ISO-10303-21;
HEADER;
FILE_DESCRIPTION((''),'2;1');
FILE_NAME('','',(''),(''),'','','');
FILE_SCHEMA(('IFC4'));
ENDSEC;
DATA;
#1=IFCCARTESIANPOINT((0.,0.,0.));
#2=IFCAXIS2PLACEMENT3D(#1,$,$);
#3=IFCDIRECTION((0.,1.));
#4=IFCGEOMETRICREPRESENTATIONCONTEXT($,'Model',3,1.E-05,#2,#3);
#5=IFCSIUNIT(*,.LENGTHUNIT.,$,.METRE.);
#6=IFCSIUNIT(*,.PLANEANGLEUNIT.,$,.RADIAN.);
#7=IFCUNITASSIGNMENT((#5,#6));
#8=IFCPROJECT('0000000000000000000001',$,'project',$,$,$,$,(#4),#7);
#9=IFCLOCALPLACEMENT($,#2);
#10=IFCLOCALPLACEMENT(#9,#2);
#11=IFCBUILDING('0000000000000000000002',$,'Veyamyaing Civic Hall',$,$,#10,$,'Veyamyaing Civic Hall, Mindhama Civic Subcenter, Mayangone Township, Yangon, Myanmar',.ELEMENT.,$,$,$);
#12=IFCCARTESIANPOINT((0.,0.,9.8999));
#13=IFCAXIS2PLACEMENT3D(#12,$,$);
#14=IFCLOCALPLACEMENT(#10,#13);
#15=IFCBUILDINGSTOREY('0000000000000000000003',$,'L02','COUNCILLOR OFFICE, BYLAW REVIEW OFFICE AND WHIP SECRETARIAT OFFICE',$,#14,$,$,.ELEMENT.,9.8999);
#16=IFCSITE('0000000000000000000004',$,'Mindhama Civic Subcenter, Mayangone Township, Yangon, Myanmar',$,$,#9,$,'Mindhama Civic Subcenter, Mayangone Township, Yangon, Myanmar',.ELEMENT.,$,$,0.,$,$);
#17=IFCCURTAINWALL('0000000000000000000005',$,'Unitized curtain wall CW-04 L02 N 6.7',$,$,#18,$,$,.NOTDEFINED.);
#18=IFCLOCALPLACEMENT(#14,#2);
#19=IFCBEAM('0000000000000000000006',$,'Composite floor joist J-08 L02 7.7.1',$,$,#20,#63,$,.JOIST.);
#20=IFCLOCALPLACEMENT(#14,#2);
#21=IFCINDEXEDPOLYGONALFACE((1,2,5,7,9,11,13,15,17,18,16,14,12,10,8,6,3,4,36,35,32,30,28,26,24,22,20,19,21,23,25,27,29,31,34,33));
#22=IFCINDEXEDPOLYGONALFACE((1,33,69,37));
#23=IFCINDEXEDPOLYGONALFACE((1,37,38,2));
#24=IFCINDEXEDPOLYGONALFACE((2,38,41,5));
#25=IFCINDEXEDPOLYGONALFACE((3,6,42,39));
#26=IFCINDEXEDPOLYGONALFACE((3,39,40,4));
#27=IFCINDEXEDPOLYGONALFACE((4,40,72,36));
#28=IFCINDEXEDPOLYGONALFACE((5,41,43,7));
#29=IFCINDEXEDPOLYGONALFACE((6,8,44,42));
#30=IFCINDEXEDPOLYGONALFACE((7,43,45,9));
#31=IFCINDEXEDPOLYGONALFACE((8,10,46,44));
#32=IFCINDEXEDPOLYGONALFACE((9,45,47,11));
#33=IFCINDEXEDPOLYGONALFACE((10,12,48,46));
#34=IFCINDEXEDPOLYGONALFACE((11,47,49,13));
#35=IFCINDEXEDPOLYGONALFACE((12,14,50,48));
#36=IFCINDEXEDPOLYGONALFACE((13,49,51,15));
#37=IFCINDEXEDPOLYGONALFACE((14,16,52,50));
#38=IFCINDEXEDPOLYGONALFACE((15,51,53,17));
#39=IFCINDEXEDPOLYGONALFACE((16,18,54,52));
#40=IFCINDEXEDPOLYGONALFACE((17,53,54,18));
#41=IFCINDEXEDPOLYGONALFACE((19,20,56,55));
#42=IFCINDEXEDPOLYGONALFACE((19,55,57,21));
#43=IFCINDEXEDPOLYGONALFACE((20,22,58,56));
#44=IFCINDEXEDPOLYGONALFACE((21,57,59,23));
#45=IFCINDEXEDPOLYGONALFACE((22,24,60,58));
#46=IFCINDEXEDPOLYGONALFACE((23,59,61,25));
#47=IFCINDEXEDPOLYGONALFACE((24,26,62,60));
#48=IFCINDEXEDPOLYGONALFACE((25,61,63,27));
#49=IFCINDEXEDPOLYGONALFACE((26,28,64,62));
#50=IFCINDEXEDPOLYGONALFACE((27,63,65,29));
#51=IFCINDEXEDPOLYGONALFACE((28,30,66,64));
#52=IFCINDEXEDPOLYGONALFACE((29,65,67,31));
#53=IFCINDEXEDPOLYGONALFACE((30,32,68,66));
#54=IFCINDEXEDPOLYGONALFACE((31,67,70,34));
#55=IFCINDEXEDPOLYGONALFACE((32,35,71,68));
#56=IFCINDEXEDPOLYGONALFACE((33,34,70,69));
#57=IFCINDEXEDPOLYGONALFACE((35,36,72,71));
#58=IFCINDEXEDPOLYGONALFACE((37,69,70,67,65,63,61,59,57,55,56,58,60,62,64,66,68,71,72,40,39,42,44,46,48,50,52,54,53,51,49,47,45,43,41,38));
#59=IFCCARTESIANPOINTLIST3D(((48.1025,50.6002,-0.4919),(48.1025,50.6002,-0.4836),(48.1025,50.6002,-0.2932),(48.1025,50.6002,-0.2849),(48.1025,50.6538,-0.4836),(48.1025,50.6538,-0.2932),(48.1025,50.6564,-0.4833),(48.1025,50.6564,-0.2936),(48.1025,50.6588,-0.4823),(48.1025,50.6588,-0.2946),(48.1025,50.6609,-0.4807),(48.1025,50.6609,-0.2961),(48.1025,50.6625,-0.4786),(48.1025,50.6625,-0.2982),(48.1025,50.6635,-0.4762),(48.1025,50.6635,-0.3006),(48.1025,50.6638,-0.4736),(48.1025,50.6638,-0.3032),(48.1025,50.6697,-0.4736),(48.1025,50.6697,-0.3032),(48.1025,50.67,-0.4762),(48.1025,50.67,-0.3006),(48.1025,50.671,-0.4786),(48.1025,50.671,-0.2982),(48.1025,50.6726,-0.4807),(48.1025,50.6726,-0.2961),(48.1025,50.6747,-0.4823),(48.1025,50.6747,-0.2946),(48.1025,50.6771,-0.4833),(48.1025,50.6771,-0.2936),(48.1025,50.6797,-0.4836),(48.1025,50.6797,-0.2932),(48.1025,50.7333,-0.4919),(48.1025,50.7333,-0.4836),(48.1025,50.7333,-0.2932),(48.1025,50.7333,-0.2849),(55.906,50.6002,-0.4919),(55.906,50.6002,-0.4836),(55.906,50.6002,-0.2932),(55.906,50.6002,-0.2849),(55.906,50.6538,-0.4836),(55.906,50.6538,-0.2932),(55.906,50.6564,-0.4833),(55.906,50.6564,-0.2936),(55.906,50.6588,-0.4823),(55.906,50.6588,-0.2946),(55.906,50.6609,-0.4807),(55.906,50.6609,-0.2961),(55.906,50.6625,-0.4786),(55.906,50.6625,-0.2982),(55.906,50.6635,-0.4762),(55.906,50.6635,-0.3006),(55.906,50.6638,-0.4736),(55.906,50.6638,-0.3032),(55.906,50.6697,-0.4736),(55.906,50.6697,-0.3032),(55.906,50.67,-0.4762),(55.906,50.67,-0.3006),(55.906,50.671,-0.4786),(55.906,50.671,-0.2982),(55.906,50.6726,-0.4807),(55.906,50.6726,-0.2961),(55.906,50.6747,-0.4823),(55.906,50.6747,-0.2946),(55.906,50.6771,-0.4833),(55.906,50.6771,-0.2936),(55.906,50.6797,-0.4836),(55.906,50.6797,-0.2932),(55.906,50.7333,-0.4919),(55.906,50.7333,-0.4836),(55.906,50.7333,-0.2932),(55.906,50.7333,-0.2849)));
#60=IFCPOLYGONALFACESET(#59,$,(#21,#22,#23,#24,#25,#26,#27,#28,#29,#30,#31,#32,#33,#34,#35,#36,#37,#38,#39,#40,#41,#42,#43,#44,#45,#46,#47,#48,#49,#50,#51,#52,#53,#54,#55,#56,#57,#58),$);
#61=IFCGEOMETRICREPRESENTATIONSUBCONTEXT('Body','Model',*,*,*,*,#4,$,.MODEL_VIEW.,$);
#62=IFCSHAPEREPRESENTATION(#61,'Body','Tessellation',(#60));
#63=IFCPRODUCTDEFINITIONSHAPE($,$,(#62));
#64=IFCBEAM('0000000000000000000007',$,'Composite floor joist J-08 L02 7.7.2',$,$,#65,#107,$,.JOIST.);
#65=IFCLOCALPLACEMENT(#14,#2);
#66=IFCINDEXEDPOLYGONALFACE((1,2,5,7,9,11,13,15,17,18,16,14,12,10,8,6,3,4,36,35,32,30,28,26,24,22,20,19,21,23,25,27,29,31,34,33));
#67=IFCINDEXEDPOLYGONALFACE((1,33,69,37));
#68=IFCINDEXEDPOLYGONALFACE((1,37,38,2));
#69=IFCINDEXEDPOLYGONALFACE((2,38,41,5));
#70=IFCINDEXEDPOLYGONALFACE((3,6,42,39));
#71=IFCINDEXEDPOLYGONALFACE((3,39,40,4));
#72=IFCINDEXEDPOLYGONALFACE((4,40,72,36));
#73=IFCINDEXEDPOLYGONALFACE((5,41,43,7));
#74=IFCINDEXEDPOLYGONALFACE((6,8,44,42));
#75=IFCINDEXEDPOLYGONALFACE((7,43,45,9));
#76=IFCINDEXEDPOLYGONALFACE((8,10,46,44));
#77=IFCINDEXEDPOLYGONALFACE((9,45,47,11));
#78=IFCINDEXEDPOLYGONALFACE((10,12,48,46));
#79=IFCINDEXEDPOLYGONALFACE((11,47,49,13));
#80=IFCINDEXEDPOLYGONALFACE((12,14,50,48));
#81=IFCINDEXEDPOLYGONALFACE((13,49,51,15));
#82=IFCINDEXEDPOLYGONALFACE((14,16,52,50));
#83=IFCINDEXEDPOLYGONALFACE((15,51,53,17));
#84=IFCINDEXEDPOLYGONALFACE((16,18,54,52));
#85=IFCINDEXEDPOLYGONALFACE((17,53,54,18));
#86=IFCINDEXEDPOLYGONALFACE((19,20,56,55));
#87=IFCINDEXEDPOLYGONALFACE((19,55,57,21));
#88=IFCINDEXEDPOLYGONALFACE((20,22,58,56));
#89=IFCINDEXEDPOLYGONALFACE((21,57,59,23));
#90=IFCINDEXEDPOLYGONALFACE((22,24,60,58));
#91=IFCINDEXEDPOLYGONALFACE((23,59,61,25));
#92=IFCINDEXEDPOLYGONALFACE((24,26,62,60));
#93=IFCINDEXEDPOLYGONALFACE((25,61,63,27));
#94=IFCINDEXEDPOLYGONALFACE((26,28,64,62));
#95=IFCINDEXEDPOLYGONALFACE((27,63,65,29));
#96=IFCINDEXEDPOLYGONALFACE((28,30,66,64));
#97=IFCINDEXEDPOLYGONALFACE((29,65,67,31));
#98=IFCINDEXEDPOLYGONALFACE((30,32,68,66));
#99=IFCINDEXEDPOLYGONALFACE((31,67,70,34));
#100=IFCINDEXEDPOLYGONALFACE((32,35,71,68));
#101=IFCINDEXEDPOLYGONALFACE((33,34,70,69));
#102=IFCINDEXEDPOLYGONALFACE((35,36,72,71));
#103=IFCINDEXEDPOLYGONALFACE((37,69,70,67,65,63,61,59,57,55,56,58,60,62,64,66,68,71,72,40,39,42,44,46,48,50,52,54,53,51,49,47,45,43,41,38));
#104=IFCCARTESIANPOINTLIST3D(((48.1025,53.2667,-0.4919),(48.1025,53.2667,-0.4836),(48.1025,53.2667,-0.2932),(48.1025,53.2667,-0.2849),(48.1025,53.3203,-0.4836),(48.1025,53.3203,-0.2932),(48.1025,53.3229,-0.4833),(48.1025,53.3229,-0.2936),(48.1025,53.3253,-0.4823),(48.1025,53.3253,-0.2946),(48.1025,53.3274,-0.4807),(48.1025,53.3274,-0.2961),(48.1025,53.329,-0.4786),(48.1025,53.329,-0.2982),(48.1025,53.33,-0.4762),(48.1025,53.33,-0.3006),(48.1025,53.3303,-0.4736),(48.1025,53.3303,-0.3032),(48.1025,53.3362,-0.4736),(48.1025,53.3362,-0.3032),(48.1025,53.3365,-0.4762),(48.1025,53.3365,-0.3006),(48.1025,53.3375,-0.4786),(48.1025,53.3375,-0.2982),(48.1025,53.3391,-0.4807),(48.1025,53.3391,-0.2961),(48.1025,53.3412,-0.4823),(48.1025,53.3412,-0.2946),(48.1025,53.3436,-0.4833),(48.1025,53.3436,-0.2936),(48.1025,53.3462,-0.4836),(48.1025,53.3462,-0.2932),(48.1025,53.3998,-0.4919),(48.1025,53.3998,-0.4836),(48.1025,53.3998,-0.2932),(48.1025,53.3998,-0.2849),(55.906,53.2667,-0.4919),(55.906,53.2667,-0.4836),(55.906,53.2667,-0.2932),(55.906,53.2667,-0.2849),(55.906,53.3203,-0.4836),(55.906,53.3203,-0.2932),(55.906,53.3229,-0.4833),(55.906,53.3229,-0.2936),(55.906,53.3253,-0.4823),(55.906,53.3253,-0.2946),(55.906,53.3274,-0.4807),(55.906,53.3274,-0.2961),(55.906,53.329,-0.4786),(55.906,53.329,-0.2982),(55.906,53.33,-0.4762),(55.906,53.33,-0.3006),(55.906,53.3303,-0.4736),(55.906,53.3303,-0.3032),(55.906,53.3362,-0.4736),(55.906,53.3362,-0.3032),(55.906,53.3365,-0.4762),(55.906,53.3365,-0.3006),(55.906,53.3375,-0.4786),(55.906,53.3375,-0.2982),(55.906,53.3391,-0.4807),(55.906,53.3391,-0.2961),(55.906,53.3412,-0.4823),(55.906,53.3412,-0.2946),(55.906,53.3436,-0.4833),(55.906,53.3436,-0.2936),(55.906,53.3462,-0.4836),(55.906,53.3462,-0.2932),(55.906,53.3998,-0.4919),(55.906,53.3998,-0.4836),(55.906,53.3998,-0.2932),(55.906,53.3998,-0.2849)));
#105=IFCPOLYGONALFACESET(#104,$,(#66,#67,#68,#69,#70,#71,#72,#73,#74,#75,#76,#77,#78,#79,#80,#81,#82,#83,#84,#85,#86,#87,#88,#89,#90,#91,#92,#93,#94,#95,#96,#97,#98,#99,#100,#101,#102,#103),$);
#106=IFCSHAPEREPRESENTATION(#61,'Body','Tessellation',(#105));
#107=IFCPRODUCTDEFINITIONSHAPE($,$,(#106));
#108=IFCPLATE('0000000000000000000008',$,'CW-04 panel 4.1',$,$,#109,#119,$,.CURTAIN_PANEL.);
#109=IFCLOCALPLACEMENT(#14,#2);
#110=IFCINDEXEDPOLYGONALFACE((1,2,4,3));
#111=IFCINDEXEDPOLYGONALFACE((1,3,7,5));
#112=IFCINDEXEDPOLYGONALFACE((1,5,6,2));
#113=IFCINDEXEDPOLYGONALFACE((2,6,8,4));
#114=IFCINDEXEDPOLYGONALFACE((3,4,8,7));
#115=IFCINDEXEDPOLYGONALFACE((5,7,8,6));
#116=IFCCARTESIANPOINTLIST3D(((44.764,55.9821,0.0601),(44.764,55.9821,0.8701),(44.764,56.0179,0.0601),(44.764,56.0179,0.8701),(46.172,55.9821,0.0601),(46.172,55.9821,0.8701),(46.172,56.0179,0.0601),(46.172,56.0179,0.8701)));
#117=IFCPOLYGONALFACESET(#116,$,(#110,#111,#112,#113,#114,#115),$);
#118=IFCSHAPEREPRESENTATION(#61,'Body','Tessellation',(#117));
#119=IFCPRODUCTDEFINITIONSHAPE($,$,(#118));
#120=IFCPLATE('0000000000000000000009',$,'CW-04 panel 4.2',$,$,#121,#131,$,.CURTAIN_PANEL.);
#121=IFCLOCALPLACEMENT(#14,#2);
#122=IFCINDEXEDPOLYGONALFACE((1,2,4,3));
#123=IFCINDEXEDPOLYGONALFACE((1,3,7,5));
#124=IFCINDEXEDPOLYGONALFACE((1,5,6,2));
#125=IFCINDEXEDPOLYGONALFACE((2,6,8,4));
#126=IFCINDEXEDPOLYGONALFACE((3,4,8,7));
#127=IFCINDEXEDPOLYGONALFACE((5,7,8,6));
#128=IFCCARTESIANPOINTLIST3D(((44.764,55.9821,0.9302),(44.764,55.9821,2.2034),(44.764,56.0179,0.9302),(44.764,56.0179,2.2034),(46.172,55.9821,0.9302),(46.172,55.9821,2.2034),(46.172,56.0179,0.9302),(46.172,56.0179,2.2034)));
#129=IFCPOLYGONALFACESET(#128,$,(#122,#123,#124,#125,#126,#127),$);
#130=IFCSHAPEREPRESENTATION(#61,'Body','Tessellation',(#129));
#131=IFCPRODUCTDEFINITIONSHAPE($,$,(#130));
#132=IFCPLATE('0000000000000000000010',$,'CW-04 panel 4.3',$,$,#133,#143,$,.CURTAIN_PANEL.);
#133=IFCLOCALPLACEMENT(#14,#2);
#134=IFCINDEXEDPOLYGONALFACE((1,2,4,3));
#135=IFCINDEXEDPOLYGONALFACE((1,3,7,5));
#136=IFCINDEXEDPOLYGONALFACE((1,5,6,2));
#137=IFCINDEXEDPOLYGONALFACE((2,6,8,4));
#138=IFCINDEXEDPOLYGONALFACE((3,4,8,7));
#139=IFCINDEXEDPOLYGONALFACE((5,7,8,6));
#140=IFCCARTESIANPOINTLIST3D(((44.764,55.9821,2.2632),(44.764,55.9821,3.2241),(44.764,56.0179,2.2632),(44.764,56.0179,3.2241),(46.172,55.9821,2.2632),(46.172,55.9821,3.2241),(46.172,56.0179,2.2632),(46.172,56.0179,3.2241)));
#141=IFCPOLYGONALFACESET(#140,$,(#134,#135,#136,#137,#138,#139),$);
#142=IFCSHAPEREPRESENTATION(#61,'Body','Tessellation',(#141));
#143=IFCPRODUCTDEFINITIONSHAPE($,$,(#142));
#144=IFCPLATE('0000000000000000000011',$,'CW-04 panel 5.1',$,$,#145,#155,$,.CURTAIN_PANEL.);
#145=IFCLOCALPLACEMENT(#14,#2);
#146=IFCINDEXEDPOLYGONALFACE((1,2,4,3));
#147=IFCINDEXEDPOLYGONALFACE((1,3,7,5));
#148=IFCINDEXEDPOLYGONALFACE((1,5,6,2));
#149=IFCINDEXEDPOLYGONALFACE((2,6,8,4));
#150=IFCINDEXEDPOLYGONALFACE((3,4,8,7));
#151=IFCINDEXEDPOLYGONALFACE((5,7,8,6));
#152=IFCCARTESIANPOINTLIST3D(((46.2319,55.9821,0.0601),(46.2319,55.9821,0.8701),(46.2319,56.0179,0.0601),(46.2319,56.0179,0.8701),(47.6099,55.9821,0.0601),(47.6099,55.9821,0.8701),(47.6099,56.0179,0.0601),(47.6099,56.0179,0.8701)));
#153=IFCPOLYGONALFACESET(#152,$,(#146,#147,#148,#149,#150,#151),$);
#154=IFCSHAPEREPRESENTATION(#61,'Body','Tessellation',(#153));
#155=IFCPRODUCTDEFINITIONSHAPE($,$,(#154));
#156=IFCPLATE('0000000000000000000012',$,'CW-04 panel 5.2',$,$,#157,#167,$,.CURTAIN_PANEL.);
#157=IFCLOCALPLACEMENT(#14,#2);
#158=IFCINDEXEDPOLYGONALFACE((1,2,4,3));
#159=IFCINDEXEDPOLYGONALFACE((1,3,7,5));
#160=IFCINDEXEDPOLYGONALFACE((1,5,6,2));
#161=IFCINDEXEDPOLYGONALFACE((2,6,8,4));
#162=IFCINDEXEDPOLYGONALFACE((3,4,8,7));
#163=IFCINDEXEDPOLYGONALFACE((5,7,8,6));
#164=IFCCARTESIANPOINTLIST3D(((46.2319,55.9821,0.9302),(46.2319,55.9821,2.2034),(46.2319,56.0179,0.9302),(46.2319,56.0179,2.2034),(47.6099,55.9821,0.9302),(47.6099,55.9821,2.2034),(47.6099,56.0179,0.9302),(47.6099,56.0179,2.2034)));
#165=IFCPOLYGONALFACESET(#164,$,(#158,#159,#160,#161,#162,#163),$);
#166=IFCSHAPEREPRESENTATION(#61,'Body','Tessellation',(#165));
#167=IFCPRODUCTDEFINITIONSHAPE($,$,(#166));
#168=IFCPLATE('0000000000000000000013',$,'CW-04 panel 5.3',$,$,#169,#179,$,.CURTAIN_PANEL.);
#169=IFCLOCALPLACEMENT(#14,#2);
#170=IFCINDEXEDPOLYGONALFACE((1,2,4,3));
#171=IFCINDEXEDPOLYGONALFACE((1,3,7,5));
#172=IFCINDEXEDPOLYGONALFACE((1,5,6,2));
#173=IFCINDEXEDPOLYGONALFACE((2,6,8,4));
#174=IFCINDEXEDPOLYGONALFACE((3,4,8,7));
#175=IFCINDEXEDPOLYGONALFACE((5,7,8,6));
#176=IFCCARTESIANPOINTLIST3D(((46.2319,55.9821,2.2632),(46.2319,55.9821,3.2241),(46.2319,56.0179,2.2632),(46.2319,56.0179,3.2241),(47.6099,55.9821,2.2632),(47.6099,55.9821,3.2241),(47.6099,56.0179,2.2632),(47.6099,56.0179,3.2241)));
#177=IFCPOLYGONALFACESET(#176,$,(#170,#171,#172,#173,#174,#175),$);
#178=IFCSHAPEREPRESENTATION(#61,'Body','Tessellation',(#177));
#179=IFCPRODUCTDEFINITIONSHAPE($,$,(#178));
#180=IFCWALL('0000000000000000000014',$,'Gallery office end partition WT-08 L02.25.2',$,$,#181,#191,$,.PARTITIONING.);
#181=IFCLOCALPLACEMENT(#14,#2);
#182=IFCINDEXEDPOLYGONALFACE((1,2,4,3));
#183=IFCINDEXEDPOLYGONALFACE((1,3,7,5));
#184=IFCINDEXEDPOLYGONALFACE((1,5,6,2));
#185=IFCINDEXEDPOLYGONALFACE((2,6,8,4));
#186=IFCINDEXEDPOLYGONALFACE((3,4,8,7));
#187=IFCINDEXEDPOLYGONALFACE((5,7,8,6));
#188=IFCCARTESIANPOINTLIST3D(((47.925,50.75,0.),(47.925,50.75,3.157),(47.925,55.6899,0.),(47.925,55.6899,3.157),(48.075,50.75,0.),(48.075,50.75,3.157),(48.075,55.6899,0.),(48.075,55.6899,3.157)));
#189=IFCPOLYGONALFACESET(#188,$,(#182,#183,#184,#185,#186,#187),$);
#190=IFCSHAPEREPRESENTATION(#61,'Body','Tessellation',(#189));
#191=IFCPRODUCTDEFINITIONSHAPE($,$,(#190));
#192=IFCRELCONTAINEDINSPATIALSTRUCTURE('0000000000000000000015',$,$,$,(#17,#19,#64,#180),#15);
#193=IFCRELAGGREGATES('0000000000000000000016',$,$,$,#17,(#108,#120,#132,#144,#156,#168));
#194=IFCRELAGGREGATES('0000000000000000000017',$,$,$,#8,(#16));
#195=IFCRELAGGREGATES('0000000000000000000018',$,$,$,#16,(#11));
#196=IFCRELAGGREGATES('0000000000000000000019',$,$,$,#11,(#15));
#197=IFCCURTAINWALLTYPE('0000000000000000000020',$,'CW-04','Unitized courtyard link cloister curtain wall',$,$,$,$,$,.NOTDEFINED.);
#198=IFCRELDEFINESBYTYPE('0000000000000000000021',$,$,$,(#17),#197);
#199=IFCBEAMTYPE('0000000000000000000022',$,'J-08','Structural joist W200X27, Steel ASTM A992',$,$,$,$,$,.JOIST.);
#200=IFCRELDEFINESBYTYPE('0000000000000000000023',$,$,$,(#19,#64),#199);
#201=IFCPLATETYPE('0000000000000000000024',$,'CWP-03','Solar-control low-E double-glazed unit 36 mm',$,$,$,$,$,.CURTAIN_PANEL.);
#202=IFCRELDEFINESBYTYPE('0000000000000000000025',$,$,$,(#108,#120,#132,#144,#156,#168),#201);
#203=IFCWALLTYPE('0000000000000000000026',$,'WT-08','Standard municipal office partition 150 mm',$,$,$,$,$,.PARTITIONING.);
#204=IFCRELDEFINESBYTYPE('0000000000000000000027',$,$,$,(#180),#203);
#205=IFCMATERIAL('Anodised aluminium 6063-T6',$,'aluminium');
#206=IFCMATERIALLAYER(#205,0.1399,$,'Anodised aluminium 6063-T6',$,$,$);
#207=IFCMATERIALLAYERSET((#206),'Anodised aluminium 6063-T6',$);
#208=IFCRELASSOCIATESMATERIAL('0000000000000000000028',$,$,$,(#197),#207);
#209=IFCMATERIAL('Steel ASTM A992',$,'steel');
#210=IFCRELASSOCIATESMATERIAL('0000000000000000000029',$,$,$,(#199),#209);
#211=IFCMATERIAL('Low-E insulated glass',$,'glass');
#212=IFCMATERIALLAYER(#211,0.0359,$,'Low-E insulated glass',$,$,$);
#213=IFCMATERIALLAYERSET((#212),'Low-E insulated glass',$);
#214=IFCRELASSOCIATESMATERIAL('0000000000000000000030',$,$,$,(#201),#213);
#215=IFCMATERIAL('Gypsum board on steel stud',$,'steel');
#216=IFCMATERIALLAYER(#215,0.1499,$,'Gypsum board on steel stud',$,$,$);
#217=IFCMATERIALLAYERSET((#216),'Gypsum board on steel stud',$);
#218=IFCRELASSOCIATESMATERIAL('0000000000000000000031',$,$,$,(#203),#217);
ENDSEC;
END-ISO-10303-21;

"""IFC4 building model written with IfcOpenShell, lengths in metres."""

from ifc_helpers import new_model, si_unit, direction, frame, frame_2d, origin, origin_2d, place, context, subcontext, project, spatial, rectangle, i_section, extrude, material, layer, layer_set, material_profile, profile_set, type_object, element, aggregate, save


model = new_model("IFC4")

# Units and contexts
model_context = context("Model", 3, precision=1e-05, world=origin(), true_north=direction((0.0, 1.0)))
body_context = subcontext(model_context, "Body", "Model", "MODEL_VIEW")
ifc_project = project(units=[si_unit("LENGTHUNIT", "METRE"), si_unit("PLANEANGLEUNIT", "RADIAN")], contexts=[model_context])

# Site, building, storey
site_placement = place(None, origin())
site = spatial("IfcSite", under=ifc_project, at=site_placement, Name="Mindhama Civic Subcenter, Mayangone Township, Yangon, Myanmar", LongName="Mindhama Civic Subcenter, Mayangone Township, Yangon, Myanmar", CompositionType="ELEMENT", RefElevation=0.0)
building_placement = place(site_placement, origin())
building = spatial("IfcBuilding", under=site, at=building_placement, Name="Veyamyaing Civic Hall", LongName="Veyamyaing Civic Hall, Mindhama Civic Subcenter, Mayangone Township, Yangon, Myanmar", CompositionType="ELEMENT")
storey_placement = place(building_placement, frame((0.0, 0.0, 9.8999)))
storey = spatial("IfcBuildingStorey", under=building, at=storey_placement, Name="L02", Description="COUNCILLOR OFFICE, BYLAW REVIEW OFFICE AND WHIP SECRETARIAT OFFICE", CompositionType="ELEMENT", Elevation=9.8999)

# Curtain wall
ifc_material_1 = material(Name="Anodised aluminium 6063-T6", Category="aluminium")
ifc_layer_1 = layer(ifc_material_1, 0.1399, Name="Anodised aluminium 6063-T6")
ifc_layer_set_1 = layer_set([ifc_layer_1], Name="Anodised aluminium 6063-T6")
curtain_wall_type = type_object("IfcCurtainWallType", Name="CW-04", Description="Unitized courtyard link cloister curtain wall", PredefinedType="NOTDEFINED", material=ifc_layer_set_1)
curtain_wall_placement = place(storey_placement, origin())
curtain_wall = element("IfcCurtainWall", 1, at=curtain_wall_placement, inside=storey, type_object=curtain_wall_type, Name="Unitized curtain wall CW-04 L02 N 6.7", PredefinedType="NOTDEFINED")

# Beams
ifc_material_2 = material(Name="Steel ASTM A992", Category="steel")
ifc_material_profile_1 = material_profile(ifc_material_2, i_section(OverallWidth=0.1331, OverallDepth=0.207, WebThickness=0.0059, FlangeThickness=0.0083, FilletRadius=0.01, at=origin_2d()), Name="W200X27")
ifc_profile_set_1 = profile_set([ifc_material_profile_1], Name="Steel ASTM A992")
beam_type = type_object("IfcBeamType", Name="J-08", Description="Structural joist W200X27, Steel ASTM A992", PredefinedType="JOIST", material=ifc_profile_set_1)
for number, where, z_axis, x_axis, name in (
    (2, (48.1025, 50.6667, -0.3884), (1.0, 0.0, 0.0), (0.0, 1.0, 0.0), "Composite floor joist J-08 L02 7.7.1"),
    (3, (48.1025, 53.3333, -0.3884), (1.0, 0.0, 0.0), (0.0, 1.0, 0.0), "Composite floor joist J-08 L02 7.7.2"),
):
    element("IfcBeam", number, at=place(storey_placement, frame(where, z_axis=z_axis, x_axis=x_axis)), inside=storey, type_object=beam_type, Name=name, PredefinedType="JOIST", context=body_context, shape_type="SweptSolid", body=[
        extrude(i_section(OverallWidth=0.1331, OverallDepth=0.207, WebThickness=0.0059, FlangeThickness=0.0083, FilletRadius=0.01, at=origin_2d()), origin(), (0.0, 0.0, 1.0), 7.8035),
    ])

# Plates
ifc_material_3 = material(Name="Low-E insulated glass", Category="glass")
ifc_layer_2 = layer(ifc_material_3, 0.0359, Name="Low-E insulated glass")
ifc_layer_set_2 = layer_set([ifc_layer_2], Name="Low-E insulated glass")
plate_type = type_object("IfcPlateType", Name="CWP-03", Description="Solar-control low-E double-glazed unit 36 mm", PredefinedType="CURTAIN_PANEL", material=ifc_layer_set_2)
plate_1_placement = place(storey_placement, frame((45.468, 56.0, 0.0601), z_axis=(0.0, 0.0, 1.0), x_axis=(1.0, 0.0, 0.0)))
plate_1 = element("IfcPlate", 4, at=plate_1_placement, type_object=plate_type, Name="CW-04 panel 4.1", PredefinedType="CURTAIN_PANEL", context=body_context, shape_type="SweptSolid", body=[
    extrude(rectangle(XDim=1.408, YDim=0.0359, at=origin_2d()), origin(), (0.0, 0.0, 1.0), 0.8101),
])
plate_2_placement = place(storey_placement, frame((45.468, 56.0, 0.9302), z_axis=(0.0, 0.0, 1.0), x_axis=(1.0, 0.0, 0.0)))
plate_2 = element("IfcPlate", 5, at=plate_2_placement, type_object=plate_type, Name="CW-04 panel 4.2", PredefinedType="CURTAIN_PANEL", context=body_context, shape_type="SweptSolid", body=[
    extrude(rectangle(XDim=1.408, YDim=0.0359, at=origin_2d()), origin(), (0.0, 0.0, 1.0), 1.2732),
])
plate_3_placement = place(storey_placement, frame((45.468, 56.0, 2.2632), z_axis=(0.0, 0.0, 1.0), x_axis=(1.0, 0.0, 0.0)))
plate_3 = element("IfcPlate", 6, at=plate_3_placement, type_object=plate_type, Name="CW-04 panel 4.3", PredefinedType="CURTAIN_PANEL", context=body_context, shape_type="SweptSolid", body=[
    extrude(rectangle(XDim=1.408, YDim=0.0359, at=origin_2d()), origin(), (0.0, 0.0, 1.0), 0.9609),
])
plate_4_placement = place(storey_placement, frame((46.9209, 56.0, 0.0601), z_axis=(0.0, 0.0, 1.0), x_axis=(1.0, 0.0, 0.0)))
plate_4 = element("IfcPlate", 7, at=plate_4_placement, type_object=plate_type, Name="CW-04 panel 5.1", PredefinedType="CURTAIN_PANEL", context=body_context, shape_type="SweptSolid", body=[
    extrude(rectangle(XDim=1.3779, YDim=0.0359, at=origin_2d()), origin(), (0.0, 0.0, 1.0), 0.8101),
])
plate_5_placement = place(storey_placement, frame((46.9209, 56.0, 0.9302), z_axis=(0.0, 0.0, 1.0), x_axis=(1.0, 0.0, 0.0)))
plate_5 = element("IfcPlate", 8, at=plate_5_placement, type_object=plate_type, Name="CW-04 panel 5.2", PredefinedType="CURTAIN_PANEL", context=body_context, shape_type="SweptSolid", body=[
    extrude(rectangle(XDim=1.3779, YDim=0.0359, at=origin_2d()), origin(), (0.0, 0.0, 1.0), 1.2732),
])
plate_6_placement = place(storey_placement, frame((46.9209, 56.0, 2.2632), z_axis=(0.0, 0.0, 1.0), x_axis=(1.0, 0.0, 0.0)))
plate_6 = element("IfcPlate", 9, at=plate_6_placement, type_object=plate_type, Name="CW-04 panel 5.3", PredefinedType="CURTAIN_PANEL", context=body_context, shape_type="SweptSolid", body=[
    extrude(rectangle(XDim=1.3779, YDim=0.0359, at=origin_2d()), origin(), (0.0, 0.0, 1.0), 0.9609),
])
aggregate(curtain_wall, [plate_1, plate_2, plate_3, plate_4, plate_5, plate_6])

# Wall
ifc_material_4 = material(Name="Gypsum board on steel stud", Category="steel")
ifc_layer_3 = layer(ifc_material_4, 0.1499, Name="Gypsum board on steel stud")
ifc_layer_set_3 = layer_set([ifc_layer_3], Name="Gypsum board on steel stud")
wall_type_1 = type_object("IfcWallType", Name="WT-08", Description="Standard municipal office partition 150 mm", PredefinedType="PARTITIONING", material=ifc_layer_set_3)
wall_1_placement = place(storey_placement, frame((48.0, 50.75, 0.0), z_axis=(0.0, 0.0, 1.0), x_axis=(0.0, 1.0, 0.0)))
element("IfcWall", 10, at=wall_1_placement, inside=storey, type_object=wall_type_1, Name="Gallery office end partition WT-08 L02.25.2", PredefinedType="PARTITIONING", context=body_context, shape_type="SweptSolid", body=[
    extrude(rectangle(XDim=4.9399, YDim=0.1499, at=frame_2d((2.47, 0.0))), origin(), (0.0, 0.0, 1.0), 3.157),
])

save(model, "model.ifc")
